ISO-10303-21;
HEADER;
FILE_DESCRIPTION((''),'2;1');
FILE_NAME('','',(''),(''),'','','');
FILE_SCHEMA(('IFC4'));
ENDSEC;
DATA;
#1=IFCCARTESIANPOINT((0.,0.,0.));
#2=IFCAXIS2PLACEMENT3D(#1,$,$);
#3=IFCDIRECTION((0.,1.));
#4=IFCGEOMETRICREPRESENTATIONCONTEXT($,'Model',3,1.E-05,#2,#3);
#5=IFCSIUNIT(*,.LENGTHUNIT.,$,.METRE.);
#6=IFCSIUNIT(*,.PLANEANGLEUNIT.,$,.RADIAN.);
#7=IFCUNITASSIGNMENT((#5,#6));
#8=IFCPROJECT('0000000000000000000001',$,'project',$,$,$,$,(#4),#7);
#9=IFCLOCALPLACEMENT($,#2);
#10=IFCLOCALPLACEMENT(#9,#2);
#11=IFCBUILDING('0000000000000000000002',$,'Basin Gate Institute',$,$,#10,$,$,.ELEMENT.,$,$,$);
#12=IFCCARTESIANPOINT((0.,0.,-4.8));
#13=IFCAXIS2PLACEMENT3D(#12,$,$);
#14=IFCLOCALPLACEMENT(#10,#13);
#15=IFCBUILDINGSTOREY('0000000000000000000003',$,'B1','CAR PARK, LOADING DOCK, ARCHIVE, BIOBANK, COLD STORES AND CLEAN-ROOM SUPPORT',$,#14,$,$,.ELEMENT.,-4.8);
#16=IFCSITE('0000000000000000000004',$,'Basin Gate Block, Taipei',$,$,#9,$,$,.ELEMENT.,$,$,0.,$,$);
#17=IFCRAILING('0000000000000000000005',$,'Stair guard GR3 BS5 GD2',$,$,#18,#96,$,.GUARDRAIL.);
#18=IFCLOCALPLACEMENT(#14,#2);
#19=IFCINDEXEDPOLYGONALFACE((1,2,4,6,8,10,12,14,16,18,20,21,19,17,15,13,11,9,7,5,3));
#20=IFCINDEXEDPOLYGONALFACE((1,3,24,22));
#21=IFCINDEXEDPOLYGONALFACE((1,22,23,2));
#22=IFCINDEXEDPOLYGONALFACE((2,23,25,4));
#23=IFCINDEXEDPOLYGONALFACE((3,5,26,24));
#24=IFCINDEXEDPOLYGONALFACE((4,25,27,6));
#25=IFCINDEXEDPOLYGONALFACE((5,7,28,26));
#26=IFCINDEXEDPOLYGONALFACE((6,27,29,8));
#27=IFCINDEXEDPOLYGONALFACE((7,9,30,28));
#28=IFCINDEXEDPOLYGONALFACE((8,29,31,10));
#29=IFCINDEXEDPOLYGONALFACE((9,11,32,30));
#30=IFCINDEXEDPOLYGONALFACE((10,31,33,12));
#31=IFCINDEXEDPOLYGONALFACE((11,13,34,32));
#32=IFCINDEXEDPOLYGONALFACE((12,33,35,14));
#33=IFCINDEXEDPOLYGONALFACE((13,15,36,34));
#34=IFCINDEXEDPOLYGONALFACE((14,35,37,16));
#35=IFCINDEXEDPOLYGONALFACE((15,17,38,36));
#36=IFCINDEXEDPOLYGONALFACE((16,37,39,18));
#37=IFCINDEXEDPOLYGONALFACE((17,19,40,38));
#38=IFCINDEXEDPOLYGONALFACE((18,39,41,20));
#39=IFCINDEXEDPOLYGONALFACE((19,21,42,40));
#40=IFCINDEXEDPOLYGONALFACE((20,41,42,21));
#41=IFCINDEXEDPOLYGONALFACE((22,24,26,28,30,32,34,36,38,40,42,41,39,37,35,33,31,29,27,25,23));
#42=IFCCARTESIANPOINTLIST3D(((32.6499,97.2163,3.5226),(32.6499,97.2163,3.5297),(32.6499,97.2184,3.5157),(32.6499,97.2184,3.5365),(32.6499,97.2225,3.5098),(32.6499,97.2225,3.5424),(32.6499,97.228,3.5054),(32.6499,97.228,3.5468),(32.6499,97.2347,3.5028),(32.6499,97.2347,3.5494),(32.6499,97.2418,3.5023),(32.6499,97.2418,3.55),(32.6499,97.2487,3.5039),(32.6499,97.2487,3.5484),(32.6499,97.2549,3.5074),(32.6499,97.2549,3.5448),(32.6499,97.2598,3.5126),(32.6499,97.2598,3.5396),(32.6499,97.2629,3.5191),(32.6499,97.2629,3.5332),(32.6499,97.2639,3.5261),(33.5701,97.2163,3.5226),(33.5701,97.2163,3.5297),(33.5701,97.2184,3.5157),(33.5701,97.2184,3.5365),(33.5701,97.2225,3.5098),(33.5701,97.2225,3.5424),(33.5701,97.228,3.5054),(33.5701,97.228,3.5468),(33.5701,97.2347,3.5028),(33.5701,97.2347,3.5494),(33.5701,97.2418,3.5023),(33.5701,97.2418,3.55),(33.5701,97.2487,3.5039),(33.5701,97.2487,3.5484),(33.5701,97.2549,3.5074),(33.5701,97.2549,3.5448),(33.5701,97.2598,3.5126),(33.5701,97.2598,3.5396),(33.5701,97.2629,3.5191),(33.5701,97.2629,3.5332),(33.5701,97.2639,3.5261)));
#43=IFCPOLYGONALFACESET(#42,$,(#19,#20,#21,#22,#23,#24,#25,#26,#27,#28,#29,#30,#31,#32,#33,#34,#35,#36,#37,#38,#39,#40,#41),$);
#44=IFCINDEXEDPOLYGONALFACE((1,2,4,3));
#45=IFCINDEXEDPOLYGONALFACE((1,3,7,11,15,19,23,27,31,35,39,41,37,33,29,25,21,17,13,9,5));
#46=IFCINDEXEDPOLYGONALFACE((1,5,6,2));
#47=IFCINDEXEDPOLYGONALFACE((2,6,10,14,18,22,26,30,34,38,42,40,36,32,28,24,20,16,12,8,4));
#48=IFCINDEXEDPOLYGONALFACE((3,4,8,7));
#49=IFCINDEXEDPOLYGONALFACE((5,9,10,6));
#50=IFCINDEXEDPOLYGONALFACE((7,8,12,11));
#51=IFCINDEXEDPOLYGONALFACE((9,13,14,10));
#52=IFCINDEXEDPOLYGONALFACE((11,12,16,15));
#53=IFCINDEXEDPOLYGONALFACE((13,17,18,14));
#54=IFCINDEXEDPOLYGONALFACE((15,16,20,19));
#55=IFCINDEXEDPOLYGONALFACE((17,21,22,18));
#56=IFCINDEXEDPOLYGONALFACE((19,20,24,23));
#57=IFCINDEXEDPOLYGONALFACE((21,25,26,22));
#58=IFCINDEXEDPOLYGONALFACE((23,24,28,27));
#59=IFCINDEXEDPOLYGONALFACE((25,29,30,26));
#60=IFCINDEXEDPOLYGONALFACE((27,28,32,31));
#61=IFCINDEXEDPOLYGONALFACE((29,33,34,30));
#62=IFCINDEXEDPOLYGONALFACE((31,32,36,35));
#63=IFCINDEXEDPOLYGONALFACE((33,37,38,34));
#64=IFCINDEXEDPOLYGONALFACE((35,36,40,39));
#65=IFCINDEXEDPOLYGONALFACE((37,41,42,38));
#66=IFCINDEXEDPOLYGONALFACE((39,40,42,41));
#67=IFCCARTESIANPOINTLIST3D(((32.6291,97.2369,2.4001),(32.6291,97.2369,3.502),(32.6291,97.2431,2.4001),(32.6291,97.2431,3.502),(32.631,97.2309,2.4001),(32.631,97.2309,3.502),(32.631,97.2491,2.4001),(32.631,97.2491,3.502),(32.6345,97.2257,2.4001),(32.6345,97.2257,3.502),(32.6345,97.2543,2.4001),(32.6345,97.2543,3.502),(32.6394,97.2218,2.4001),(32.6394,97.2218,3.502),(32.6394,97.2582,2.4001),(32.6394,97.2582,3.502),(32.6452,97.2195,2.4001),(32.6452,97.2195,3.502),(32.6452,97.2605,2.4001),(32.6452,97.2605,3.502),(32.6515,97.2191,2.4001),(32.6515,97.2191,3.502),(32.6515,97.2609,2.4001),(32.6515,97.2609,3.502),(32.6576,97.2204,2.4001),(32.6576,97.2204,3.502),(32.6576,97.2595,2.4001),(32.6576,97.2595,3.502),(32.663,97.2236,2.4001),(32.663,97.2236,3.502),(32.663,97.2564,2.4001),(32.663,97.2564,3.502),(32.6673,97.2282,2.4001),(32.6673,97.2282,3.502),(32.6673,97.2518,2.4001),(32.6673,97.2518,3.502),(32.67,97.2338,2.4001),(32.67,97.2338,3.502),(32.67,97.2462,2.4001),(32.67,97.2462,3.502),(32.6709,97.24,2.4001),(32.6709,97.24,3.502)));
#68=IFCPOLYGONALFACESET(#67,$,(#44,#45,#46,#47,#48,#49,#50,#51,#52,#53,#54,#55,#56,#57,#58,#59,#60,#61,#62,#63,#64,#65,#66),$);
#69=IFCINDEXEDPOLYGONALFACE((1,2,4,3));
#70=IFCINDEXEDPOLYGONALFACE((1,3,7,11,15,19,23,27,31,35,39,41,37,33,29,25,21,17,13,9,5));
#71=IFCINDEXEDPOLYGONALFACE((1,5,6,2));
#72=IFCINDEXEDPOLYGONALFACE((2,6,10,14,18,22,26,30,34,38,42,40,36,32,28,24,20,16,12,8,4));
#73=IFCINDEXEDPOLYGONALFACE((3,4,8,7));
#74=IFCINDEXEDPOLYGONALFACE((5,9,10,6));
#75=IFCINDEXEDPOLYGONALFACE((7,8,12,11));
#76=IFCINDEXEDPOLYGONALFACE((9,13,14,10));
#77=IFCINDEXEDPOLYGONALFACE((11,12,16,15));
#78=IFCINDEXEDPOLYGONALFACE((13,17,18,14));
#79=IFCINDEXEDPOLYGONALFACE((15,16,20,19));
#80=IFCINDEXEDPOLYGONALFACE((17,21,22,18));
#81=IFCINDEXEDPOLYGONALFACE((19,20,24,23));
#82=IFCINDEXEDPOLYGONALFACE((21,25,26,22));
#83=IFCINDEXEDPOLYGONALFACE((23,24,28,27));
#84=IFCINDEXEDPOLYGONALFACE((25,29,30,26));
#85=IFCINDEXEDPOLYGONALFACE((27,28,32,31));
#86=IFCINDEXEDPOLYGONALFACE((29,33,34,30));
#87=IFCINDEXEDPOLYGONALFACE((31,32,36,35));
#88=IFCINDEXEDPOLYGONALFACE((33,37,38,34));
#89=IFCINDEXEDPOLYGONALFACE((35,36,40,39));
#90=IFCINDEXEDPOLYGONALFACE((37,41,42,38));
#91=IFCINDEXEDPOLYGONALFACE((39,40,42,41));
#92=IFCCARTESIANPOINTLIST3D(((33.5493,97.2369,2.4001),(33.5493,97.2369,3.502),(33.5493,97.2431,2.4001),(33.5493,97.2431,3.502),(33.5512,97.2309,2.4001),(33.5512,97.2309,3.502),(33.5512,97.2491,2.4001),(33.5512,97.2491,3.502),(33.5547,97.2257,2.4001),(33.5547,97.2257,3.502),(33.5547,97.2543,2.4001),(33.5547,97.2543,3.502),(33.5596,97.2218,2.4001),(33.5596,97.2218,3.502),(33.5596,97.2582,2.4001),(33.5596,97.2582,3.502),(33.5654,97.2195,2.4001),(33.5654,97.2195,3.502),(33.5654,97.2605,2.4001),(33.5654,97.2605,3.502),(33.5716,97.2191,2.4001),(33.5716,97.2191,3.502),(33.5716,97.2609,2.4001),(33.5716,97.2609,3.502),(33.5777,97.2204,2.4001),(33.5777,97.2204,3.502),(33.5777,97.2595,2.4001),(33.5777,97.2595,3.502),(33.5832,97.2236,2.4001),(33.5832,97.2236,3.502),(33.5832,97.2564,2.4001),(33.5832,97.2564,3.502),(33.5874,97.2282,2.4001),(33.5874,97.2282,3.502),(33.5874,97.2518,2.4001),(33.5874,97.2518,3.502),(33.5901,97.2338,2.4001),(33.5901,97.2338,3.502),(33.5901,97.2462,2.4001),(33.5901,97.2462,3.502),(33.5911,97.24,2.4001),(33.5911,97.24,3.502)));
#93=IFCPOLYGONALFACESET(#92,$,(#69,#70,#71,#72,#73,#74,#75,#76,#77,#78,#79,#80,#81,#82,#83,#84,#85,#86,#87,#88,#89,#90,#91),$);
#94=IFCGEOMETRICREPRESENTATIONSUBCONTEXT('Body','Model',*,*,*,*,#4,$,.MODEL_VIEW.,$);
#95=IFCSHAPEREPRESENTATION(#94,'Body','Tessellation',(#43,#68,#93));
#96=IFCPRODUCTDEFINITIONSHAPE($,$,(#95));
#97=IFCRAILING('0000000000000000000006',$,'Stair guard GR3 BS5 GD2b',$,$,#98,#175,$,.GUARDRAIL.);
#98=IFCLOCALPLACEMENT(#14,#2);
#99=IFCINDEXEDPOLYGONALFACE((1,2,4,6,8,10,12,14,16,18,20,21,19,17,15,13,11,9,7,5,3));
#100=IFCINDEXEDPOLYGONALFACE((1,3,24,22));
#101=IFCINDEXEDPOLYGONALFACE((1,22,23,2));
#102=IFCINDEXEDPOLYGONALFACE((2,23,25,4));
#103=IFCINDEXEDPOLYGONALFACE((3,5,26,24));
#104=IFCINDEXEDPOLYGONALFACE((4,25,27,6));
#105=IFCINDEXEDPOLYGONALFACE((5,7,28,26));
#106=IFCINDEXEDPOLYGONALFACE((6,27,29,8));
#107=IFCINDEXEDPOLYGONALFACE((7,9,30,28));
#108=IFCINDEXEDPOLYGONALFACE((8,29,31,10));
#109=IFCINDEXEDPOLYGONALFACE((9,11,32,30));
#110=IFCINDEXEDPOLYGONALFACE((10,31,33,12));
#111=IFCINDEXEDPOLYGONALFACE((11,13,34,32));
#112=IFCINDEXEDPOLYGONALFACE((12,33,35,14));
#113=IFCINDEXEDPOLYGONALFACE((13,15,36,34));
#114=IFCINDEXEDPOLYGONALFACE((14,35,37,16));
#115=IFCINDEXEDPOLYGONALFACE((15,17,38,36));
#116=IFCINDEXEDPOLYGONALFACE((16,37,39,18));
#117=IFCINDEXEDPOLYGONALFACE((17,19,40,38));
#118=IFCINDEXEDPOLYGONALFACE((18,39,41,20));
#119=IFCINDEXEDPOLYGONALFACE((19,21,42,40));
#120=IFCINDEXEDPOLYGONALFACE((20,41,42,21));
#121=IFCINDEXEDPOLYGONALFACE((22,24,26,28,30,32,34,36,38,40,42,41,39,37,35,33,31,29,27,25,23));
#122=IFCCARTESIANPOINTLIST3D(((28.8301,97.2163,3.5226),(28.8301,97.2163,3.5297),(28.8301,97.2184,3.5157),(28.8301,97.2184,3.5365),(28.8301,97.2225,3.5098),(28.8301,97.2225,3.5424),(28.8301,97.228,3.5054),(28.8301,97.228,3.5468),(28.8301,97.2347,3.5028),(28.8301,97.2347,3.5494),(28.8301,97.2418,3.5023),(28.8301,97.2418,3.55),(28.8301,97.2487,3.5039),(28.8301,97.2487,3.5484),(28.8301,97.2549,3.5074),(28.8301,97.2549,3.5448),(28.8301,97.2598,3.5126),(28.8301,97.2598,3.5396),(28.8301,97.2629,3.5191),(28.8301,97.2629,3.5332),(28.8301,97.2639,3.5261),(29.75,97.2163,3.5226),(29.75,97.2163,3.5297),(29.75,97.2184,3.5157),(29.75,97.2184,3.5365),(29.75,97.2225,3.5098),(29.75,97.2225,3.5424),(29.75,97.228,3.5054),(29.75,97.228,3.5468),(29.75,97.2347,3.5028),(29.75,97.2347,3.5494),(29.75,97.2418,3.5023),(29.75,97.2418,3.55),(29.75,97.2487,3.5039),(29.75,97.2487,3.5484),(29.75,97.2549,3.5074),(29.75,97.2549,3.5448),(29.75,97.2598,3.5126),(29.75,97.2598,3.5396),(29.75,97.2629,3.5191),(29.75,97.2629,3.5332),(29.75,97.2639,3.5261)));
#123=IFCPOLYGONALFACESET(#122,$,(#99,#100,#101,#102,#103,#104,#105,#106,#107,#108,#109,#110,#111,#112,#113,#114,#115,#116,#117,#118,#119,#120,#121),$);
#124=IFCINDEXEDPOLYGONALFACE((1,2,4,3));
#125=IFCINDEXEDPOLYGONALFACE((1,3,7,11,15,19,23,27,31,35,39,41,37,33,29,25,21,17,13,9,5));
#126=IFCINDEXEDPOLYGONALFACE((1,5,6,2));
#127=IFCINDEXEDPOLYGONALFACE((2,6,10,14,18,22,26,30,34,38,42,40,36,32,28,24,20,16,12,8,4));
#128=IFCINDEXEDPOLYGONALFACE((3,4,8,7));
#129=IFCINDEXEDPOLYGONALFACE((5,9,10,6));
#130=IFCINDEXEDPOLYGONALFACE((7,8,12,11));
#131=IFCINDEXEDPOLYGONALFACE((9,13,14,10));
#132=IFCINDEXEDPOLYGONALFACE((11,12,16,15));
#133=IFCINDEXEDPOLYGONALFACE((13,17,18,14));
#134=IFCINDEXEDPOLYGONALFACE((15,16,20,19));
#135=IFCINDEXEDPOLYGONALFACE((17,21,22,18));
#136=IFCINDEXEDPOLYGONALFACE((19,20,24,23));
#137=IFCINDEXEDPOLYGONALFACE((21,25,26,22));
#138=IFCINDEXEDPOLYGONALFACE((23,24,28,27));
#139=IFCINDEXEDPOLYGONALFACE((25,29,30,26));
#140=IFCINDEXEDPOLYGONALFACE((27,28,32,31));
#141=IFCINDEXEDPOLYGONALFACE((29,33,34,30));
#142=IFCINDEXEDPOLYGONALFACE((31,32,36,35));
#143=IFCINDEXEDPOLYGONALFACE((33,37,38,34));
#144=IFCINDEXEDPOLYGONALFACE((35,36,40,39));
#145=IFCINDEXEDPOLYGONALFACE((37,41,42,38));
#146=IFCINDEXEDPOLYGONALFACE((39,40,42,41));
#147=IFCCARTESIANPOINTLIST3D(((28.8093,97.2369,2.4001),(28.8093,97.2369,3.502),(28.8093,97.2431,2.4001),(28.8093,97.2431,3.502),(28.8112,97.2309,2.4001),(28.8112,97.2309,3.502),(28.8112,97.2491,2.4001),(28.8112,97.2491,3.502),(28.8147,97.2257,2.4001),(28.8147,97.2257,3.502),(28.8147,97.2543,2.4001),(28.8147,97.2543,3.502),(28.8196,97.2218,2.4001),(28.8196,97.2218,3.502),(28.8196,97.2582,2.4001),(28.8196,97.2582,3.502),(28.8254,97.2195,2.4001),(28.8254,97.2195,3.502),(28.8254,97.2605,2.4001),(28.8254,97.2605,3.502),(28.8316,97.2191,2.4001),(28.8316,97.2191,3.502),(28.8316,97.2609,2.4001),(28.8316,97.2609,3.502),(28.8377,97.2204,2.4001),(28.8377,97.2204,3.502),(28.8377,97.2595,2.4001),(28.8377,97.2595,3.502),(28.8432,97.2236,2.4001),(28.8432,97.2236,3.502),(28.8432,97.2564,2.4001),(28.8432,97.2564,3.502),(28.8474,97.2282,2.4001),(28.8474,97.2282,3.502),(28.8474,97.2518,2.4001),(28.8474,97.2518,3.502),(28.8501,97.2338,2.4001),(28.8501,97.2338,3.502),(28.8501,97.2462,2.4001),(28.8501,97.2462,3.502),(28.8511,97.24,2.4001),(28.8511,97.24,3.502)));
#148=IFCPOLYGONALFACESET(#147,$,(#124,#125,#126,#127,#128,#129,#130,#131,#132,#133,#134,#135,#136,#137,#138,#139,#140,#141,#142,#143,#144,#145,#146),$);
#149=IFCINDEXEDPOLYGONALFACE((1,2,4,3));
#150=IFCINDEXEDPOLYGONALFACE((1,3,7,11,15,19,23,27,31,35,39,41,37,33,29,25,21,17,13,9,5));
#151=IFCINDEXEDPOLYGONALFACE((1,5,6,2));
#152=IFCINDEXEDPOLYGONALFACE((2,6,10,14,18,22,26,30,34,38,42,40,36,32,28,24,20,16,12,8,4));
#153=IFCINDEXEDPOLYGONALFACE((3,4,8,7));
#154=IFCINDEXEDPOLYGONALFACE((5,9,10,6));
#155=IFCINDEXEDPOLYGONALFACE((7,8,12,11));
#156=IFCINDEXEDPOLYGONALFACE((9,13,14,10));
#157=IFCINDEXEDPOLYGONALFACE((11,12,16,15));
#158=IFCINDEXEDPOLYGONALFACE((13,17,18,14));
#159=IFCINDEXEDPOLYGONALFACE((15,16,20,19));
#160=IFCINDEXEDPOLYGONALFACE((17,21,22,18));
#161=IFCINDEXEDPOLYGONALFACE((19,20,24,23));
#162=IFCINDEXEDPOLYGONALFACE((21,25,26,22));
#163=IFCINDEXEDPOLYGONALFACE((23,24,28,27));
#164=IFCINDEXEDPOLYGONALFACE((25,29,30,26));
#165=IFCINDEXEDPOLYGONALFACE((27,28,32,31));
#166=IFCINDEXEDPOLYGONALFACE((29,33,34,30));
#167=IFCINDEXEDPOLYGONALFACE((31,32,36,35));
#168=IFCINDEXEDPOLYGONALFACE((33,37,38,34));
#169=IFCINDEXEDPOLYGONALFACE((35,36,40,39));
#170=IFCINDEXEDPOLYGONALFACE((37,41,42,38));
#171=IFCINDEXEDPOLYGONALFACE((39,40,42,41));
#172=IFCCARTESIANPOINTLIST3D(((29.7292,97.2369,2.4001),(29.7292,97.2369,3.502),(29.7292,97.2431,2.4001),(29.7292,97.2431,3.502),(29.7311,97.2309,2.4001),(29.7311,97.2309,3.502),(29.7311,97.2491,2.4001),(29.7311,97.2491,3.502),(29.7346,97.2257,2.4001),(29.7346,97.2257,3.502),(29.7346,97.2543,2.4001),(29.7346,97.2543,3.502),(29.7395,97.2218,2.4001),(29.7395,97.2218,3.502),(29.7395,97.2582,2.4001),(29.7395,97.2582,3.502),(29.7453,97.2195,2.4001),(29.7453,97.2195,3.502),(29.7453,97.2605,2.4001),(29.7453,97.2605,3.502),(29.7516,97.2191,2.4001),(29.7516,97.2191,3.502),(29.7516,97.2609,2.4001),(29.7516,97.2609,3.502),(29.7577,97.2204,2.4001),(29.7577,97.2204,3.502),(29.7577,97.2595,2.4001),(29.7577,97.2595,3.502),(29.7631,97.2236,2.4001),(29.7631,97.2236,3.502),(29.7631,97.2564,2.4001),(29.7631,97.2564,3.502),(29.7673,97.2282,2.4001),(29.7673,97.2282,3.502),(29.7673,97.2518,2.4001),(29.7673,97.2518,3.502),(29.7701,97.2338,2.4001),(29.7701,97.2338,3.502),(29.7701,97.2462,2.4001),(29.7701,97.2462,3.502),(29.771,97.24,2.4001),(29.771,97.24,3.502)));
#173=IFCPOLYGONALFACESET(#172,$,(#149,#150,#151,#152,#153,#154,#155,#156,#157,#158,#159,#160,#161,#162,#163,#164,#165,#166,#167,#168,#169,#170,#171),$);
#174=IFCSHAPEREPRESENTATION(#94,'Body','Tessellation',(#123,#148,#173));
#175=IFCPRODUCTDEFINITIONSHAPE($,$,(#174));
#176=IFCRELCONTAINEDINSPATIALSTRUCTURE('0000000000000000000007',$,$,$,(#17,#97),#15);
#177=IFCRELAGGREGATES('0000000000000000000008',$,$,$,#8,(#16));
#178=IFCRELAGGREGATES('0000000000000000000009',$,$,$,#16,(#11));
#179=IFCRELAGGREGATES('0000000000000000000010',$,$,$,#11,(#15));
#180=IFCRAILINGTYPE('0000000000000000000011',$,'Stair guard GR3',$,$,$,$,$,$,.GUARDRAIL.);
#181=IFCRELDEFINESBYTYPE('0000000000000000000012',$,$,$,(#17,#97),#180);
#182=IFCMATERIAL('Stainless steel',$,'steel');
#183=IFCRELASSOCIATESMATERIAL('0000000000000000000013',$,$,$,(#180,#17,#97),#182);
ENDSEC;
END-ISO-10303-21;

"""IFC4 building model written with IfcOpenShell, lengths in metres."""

from ifc_helpers import new_model, si_unit, direction, frame, origin, origin_2d, place, context, subcontext, project, spatial, circle, extrude, material, type_object, element, save


model = new_model("IFC4")

# Units and contexts
model_context = context("Model", 3, precision=1e-05, world=origin(), true_north=direction((0.0, 1.0)))
body_context = subcontext(model_context, "Body", "Model", "MODEL_VIEW")
ifc_project = project(units=[si_unit("LENGTHUNIT", "METRE"), si_unit("PLANEANGLEUNIT", "RADIAN")], contexts=[model_context])

# Site, building, storey
site_placement = place(None, origin())
site = spatial("IfcSite", under=ifc_project, at=site_placement, Name="Basin Gate Block, Taipei", CompositionType="ELEMENT", RefElevation=0.0)
building_placement = place(site_placement, origin())
building = spatial("IfcBuilding", under=site, at=building_placement, Name="Basin Gate Institute", CompositionType="ELEMENT")
storey_placement = place(building_placement, frame((0.0, 0.0, -4.8)))
storey = spatial("IfcBuildingStorey", under=building, at=storey_placement, Name="B1", Description="CAR PARK, LOADING DOCK, ARCHIVE, BIOBANK, COLD STORES AND CLEAN-ROOM SUPPORT", CompositionType="ELEMENT", Elevation=-4.8)

# Railings
ifc_material_1 = material(Name="Stainless steel", Category="steel")
railing_type_1 = type_object("IfcRailingType", Name="Stair guard GR3", PredefinedType="GUARDRAIL", material=ifc_material_1)
railing_1_placement = place(storey_placement, frame((32.6499, 97.24, 2.4001)))
element("IfcRailing", 1, at=railing_1_placement, inside=storey, type_object=railing_type_1, material=ifc_material_1, Name="Stair guard GR3 BS5 GD2", PredefinedType="GUARDRAIL", context=body_context, shape_type="SweptSolid", body=[
    extrude(circle(Radius=0.0239, at=origin_2d()), frame((0.0, 0.0, 1.126), z_axis=(1.0, 0.0, 0.0), x_axis=(0.0, 1.0, 0.0)), (0.0, 0.0, 1.0), 0.9202),
    extrude(circle(Radius=0.021, at=origin_2d()), origin(), (0.0, 0.0, 1.0), 1.1018),
    extrude(circle(Radius=0.021, at=origin_2d()), frame((0.9202, 0.0, 0.0)), (0.0, 0.0, 1.0), 1.1018),
])
railing_2_placement = place(storey_placement, frame((28.8301, 97.24, 2.4001)))
element("IfcRailing", 2, at=railing_2_placement, inside=storey, type_object=railing_type_1, material=ifc_material_1, Name="Stair guard GR3 BS5 GD2b", PredefinedType="GUARDRAIL", context=body_context, shape_type="SweptSolid", body=[
    extrude(circle(Radius=0.0239, at=origin_2d()), frame((0.0, 0.0, 1.126), z_axis=(1.0, 0.0, 0.0), x_axis=(0.0, 1.0, 0.0)), (0.0, 0.0, 1.0), 0.9199),
    extrude(circle(Radius=0.021, at=origin_2d()), origin(), (0.0, 0.0, 1.0), 1.1018),
    extrude(circle(Radius=0.021, at=origin_2d()), frame((0.9199, 0.0, 0.0)), (0.0, 0.0, 1.0), 1.1018),
])

save(model, "model.ifc")
